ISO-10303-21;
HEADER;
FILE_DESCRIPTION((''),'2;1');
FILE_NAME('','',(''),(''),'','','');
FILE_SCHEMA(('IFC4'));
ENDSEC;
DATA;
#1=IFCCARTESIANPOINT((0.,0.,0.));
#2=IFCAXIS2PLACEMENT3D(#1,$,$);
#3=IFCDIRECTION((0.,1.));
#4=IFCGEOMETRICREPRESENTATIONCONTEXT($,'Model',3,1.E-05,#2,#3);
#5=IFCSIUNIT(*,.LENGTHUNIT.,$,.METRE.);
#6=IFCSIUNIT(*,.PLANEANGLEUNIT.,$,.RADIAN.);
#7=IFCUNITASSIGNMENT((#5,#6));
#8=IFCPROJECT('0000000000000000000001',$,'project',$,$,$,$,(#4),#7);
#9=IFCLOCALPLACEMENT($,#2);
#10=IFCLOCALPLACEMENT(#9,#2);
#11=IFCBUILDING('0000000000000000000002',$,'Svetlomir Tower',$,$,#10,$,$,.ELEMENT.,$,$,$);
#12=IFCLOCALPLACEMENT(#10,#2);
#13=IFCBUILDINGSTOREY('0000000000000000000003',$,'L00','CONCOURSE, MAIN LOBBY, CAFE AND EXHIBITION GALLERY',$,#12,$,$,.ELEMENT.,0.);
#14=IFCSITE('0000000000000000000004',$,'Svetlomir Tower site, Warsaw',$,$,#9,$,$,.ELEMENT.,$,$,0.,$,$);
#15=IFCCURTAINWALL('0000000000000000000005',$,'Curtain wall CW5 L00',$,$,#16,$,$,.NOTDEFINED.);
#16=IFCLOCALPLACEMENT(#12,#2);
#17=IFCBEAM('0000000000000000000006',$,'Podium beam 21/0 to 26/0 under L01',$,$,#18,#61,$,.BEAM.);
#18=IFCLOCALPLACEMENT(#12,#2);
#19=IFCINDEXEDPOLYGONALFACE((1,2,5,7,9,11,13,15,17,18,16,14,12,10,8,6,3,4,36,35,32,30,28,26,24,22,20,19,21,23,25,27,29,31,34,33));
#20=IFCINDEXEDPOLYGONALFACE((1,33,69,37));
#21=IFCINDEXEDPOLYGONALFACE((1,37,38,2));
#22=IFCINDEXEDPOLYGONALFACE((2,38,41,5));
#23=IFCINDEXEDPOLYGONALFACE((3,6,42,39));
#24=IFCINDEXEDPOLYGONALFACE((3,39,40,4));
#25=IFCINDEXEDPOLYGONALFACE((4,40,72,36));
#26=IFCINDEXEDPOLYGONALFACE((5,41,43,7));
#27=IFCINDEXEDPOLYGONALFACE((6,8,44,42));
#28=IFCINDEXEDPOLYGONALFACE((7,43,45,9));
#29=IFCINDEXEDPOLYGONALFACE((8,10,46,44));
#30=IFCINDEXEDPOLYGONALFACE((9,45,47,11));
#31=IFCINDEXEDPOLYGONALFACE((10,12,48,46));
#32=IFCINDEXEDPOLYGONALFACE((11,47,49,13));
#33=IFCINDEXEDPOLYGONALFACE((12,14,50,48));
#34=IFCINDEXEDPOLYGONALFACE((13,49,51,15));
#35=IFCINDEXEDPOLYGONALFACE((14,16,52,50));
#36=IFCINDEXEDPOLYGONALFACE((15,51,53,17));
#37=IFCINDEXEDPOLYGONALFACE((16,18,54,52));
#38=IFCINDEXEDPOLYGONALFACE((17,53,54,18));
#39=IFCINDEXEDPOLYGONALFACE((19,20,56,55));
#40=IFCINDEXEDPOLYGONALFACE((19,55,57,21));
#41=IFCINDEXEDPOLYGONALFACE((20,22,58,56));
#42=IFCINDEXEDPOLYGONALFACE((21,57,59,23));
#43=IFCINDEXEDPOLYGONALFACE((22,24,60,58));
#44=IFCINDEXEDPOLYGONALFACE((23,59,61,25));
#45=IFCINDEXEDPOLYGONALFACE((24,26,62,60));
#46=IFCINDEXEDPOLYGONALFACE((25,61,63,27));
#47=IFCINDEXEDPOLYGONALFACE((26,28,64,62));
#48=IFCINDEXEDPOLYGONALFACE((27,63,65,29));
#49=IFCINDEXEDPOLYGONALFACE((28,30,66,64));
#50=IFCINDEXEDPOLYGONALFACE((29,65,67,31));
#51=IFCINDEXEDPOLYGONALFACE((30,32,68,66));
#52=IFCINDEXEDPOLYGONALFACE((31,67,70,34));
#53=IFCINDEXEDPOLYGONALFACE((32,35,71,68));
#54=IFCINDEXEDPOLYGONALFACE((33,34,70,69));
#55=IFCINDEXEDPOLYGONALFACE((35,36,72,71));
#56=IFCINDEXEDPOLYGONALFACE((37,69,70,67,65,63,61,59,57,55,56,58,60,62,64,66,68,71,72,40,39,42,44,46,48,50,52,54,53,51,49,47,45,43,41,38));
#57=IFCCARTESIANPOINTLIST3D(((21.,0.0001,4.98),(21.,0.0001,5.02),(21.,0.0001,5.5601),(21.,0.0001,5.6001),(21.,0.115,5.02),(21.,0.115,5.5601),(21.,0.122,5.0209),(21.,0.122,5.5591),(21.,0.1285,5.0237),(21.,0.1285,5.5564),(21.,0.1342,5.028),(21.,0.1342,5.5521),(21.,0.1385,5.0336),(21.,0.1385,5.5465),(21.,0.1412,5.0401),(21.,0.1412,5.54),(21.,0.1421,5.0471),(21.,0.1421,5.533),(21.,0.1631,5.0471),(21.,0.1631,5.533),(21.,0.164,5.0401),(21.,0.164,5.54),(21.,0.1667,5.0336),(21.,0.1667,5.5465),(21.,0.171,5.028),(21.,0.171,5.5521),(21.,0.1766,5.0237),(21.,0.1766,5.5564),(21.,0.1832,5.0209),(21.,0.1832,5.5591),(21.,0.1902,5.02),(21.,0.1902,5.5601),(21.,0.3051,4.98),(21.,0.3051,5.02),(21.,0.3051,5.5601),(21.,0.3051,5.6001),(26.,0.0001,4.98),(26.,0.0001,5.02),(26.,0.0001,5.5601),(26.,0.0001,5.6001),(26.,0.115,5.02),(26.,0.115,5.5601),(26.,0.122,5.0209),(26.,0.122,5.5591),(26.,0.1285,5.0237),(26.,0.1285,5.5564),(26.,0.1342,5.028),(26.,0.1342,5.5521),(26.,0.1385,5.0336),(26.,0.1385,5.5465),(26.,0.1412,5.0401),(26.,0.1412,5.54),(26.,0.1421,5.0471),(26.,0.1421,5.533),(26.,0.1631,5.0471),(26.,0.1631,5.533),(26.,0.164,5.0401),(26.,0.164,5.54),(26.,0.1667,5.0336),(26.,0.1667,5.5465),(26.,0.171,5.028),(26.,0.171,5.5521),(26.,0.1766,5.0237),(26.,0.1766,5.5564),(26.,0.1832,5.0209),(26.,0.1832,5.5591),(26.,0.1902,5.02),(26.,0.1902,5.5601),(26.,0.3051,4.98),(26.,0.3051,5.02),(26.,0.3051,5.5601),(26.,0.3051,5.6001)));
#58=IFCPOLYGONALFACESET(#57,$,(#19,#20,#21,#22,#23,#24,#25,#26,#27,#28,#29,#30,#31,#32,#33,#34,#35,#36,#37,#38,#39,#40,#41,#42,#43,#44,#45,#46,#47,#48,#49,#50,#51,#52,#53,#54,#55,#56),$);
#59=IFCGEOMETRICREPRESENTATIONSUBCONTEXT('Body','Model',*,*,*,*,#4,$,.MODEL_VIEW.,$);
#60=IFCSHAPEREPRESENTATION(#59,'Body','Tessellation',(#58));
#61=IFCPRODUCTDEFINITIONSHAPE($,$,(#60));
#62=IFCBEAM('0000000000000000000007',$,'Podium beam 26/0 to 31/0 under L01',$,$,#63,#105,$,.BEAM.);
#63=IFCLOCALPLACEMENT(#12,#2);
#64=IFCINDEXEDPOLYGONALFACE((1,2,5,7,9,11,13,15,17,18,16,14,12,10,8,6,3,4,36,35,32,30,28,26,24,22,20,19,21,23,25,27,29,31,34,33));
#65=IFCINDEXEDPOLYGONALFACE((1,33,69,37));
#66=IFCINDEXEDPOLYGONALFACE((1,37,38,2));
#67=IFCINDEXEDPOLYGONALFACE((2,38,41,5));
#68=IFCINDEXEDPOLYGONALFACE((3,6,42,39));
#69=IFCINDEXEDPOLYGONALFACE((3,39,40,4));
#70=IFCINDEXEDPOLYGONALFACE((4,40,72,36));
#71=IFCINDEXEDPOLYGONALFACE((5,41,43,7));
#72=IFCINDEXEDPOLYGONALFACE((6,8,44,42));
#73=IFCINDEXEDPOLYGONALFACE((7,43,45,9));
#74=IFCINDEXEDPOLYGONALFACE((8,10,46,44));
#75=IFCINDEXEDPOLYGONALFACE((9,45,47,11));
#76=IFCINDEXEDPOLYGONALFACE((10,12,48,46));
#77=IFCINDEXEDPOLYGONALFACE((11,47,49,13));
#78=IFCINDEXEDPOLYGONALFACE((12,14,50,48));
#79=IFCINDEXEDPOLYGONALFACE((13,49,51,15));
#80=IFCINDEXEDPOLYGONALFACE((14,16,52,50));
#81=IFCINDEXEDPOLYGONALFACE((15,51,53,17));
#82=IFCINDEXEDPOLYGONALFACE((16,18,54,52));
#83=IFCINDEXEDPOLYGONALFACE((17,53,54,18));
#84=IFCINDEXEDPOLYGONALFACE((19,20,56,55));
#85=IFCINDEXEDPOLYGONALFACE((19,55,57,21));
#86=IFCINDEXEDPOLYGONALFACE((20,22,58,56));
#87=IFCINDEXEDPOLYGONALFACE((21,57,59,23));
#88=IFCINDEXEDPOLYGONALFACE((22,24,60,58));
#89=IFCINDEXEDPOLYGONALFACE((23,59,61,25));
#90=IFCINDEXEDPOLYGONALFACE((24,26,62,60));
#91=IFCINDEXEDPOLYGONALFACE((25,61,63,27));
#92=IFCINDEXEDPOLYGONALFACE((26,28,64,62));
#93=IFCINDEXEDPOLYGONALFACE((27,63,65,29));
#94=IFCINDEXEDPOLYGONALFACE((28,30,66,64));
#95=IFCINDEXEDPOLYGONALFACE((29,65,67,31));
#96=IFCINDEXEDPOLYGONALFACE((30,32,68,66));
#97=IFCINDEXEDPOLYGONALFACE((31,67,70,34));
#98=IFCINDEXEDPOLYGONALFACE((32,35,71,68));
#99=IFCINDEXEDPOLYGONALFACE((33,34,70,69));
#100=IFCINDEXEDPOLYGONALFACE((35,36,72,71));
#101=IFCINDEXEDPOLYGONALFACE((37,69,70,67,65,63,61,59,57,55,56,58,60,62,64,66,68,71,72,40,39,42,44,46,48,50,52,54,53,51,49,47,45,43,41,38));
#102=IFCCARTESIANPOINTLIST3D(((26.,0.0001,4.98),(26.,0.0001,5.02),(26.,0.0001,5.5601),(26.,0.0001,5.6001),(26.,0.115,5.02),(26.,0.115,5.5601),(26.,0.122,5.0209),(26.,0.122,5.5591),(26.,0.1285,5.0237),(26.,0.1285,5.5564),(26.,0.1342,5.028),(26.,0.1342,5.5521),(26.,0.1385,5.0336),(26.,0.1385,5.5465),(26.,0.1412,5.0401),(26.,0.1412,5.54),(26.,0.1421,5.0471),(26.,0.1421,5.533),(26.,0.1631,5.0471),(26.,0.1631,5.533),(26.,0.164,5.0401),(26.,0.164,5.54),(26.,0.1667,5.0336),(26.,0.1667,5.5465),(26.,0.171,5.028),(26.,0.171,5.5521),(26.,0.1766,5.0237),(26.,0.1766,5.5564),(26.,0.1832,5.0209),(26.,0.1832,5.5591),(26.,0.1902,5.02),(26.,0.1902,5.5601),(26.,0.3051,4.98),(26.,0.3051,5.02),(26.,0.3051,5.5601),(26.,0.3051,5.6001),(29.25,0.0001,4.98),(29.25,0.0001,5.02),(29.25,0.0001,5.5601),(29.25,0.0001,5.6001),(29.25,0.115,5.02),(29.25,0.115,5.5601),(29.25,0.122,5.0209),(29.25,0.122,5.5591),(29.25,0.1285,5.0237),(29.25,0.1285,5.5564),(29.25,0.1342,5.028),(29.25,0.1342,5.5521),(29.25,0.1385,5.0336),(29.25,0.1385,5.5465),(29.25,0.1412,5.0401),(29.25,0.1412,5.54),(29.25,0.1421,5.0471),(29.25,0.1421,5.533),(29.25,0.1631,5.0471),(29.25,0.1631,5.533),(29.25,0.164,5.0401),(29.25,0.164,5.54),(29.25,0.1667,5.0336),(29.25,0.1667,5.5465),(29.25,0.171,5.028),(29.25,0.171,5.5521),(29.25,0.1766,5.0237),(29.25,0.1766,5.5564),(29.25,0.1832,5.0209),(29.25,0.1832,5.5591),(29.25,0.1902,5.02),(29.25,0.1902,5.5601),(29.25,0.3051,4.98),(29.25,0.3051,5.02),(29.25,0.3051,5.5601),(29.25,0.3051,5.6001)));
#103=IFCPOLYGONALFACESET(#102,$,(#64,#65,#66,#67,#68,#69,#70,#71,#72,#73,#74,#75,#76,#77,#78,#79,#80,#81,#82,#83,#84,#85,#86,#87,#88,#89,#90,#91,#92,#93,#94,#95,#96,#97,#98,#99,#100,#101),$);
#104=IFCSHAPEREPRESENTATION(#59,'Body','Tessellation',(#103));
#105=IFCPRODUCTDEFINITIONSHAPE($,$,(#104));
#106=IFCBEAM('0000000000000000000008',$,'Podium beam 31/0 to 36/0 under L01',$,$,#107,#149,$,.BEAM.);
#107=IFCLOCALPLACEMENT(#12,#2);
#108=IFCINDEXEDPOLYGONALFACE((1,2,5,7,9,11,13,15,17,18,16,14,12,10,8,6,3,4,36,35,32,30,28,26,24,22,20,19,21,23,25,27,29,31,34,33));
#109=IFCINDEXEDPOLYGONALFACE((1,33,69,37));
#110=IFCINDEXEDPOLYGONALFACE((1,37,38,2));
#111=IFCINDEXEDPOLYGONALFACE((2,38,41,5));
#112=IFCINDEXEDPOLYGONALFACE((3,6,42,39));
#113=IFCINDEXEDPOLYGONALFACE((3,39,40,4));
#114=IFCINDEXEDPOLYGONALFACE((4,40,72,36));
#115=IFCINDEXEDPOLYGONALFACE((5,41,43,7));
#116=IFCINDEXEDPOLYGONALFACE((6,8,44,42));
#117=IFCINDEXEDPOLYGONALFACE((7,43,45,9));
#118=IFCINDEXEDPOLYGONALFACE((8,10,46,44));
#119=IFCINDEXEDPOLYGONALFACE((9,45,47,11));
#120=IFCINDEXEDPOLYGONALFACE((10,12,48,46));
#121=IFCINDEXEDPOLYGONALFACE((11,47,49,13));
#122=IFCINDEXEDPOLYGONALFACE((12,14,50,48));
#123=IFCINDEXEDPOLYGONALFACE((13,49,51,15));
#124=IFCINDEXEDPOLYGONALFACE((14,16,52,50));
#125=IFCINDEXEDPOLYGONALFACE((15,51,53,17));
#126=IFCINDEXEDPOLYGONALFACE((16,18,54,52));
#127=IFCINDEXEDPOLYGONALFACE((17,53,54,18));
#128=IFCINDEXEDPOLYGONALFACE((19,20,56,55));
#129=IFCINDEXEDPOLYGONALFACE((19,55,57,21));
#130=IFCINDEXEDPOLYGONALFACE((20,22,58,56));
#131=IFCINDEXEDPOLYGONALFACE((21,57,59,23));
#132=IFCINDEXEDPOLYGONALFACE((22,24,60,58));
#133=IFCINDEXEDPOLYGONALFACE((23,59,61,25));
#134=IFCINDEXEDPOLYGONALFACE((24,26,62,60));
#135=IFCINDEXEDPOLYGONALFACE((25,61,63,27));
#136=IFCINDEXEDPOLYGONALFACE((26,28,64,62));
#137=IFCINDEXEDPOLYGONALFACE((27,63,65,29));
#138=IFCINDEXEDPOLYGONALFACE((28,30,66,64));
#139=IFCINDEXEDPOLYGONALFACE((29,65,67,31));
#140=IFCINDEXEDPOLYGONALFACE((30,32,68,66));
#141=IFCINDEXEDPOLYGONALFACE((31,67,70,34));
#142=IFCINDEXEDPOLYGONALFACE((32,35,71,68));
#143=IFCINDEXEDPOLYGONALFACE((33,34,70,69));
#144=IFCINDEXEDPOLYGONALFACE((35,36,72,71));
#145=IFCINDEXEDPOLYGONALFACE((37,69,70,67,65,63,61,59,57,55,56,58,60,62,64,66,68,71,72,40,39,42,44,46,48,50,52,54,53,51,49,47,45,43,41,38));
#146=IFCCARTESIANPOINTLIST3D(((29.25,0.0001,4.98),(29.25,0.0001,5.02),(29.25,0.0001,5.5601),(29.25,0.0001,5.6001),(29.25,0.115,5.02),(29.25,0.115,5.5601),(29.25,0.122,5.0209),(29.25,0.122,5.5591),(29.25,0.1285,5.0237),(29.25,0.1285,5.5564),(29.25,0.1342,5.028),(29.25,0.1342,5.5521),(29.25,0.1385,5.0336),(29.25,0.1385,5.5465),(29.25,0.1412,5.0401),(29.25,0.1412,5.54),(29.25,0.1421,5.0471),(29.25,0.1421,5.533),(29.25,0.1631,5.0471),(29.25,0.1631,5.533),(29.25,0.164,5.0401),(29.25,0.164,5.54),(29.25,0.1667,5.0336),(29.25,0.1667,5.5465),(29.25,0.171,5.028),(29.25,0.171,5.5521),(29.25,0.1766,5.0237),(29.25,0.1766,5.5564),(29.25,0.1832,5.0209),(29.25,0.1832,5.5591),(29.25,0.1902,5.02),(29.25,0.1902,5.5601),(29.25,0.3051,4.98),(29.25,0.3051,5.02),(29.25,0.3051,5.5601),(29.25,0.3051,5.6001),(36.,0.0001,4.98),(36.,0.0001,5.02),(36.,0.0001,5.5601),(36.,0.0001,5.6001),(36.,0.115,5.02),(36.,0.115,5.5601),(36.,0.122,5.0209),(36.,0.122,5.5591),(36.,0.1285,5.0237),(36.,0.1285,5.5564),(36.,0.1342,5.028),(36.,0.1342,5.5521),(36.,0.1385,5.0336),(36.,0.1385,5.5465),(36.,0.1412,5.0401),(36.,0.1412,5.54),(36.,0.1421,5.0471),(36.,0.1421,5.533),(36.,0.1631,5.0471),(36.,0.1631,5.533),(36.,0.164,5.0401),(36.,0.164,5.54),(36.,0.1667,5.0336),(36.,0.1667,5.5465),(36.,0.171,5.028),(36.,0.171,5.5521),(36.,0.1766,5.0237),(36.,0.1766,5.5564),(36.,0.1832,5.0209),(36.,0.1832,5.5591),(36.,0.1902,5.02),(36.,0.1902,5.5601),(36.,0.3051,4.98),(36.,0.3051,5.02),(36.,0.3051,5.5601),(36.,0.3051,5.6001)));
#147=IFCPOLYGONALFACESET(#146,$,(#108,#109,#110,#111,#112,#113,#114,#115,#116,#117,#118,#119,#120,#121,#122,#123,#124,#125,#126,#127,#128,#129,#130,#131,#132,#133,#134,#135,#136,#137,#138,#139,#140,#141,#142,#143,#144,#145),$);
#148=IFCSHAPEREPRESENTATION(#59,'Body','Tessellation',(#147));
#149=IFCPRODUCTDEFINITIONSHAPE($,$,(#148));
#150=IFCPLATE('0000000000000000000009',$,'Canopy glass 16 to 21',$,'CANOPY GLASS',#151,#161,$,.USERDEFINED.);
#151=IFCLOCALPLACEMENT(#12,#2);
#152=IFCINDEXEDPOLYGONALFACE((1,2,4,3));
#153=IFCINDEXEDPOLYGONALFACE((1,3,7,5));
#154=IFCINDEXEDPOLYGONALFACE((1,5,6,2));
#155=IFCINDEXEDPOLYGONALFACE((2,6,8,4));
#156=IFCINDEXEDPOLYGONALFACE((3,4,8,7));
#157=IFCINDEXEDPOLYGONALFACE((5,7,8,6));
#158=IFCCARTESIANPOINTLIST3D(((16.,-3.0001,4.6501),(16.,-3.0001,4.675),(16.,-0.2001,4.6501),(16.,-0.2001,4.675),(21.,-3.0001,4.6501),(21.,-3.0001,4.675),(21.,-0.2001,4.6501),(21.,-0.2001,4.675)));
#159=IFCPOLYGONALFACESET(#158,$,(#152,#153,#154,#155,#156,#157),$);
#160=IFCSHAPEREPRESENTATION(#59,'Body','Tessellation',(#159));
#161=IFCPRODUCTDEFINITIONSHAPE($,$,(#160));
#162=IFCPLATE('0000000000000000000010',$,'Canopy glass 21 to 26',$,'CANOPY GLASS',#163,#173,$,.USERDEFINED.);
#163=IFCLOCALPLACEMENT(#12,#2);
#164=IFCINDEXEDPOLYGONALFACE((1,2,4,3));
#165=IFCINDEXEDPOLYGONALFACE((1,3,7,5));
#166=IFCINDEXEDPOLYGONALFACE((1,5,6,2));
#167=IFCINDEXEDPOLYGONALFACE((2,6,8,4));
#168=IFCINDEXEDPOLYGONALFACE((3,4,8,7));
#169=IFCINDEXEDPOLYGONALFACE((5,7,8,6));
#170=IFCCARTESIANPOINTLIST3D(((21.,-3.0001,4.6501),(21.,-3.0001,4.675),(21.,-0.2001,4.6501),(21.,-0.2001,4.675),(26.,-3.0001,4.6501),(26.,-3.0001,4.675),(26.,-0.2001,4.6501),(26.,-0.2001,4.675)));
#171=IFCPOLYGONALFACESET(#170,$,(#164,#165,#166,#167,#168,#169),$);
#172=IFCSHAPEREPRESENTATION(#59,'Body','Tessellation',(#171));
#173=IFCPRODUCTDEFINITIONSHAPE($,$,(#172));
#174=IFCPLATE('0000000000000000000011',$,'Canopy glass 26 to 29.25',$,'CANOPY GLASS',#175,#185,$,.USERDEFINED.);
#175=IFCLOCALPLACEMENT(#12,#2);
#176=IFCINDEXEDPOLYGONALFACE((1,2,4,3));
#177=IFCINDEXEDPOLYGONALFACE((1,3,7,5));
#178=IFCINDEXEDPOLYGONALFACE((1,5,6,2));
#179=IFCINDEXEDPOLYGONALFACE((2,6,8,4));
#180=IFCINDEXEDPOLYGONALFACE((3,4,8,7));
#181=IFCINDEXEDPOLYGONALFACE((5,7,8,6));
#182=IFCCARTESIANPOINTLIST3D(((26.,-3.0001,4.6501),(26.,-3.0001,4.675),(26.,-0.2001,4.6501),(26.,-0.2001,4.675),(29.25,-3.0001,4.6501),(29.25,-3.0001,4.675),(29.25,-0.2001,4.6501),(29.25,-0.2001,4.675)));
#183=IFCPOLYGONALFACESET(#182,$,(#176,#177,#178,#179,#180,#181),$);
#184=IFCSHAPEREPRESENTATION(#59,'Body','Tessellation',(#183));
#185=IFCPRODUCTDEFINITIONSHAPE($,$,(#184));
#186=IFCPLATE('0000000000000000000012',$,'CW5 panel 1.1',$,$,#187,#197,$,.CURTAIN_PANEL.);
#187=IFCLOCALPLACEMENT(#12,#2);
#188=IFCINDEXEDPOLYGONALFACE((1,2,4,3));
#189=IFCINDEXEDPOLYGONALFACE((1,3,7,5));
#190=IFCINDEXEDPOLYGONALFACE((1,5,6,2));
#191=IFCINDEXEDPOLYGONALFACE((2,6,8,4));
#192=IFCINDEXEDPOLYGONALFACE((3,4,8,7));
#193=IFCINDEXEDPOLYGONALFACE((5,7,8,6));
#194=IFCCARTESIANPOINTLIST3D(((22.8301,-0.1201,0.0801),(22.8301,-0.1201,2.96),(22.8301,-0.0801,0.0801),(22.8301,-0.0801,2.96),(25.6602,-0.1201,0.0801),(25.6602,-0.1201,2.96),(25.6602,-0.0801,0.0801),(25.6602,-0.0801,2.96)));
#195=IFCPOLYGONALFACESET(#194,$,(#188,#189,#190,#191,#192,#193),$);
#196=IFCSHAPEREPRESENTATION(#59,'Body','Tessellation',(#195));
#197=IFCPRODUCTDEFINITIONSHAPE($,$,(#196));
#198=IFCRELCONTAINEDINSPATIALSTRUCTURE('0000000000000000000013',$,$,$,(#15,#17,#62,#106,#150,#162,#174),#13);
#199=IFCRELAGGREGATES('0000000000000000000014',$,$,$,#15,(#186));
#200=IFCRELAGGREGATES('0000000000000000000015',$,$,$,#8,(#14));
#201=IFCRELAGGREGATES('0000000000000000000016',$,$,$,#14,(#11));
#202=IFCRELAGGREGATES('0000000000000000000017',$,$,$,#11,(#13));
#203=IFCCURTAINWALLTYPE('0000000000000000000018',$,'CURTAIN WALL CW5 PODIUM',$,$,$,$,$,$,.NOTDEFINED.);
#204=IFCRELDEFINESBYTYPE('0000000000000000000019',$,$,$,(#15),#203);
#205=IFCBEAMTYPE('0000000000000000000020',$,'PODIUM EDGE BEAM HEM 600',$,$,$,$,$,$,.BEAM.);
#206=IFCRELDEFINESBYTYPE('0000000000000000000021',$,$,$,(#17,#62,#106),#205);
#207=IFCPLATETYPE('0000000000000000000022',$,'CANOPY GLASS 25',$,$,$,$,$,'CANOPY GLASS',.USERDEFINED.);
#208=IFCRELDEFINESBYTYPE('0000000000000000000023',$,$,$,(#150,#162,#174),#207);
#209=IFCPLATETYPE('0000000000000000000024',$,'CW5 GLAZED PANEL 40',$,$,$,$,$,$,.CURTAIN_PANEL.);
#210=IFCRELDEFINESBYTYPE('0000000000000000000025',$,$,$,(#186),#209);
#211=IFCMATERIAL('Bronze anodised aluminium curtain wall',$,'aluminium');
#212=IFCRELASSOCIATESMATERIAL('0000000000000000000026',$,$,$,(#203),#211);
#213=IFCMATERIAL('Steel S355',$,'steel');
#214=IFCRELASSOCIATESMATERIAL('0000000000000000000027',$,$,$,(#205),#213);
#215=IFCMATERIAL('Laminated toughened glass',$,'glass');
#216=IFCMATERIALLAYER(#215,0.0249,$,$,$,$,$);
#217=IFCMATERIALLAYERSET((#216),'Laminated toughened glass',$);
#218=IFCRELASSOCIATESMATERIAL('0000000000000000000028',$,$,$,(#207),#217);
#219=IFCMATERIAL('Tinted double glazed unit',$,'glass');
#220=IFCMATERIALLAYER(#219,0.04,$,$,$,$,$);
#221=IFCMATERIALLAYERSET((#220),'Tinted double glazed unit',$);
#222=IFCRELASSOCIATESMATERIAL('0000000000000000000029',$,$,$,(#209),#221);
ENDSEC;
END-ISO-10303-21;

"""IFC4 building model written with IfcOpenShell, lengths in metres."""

from ifc_helpers import new_model, si_unit, direction, frame, origin, origin_2d, place, context, subcontext, project, spatial, rectangle, i_section, extrude, material, layer, layer_set, material_profile, profile_set, type_object, element, aggregate, save


model = new_model("IFC4")

# Units and contexts
model_context = context("Model", 3, precision=1e-05, world=origin(), true_north=direction((0.0, 1.0)))
body_context = subcontext(model_context, "Body", "Model", "MODEL_VIEW")
ifc_project = project(units=[si_unit("LENGTHUNIT", "METRE"), si_unit("PLANEANGLEUNIT", "RADIAN")], contexts=[model_context])

# Site, building, storey
site_placement = place(None, origin())
site = spatial("IfcSite", under=ifc_project, at=site_placement, Name="Svetlomir Tower site, Warsaw", CompositionType="ELEMENT", RefElevation=0.0)
building_placement = place(site_placement, origin())
building = spatial("IfcBuilding", under=site, at=building_placement, Name="Svetlomir Tower", CompositionType="ELEMENT")
storey_placement = place(building_placement, origin())
storey = spatial("IfcBuildingStorey", under=building, at=storey_placement, Name="L00", Description="CONCOURSE, MAIN LOBBY, CAFE AND EXHIBITION GALLERY", CompositionType="ELEMENT", Elevation=0.0)

# Curtain wall
ifc_material_1 = material(Name="Bronze anodised aluminium curtain wall", Category="aluminium")
curtain_wall_type = type_object("IfcCurtainWallType", Name="CURTAIN WALL CW5 PODIUM", PredefinedType="NOTDEFINED", material=ifc_material_1)
curtain_wall_1_placement = place(storey_placement, origin())
curtain_wall_1 = element("IfcCurtainWall", 1, at=curtain_wall_1_placement, inside=storey, type_object=curtain_wall_type, Name="Curtain wall CW5 L00", PredefinedType="NOTDEFINED")

# Beams
ifc_material_2 = material(Name="Steel S355", Category="steel")
ifc_material_profile_1 = material_profile(ifc_material_2, i_section(OverallWidth=0.3049, OverallDepth=0.6201, WebThickness=0.021, FlangeThickness=0.04, FilletRadius=0.0271, at=origin_2d()), Name="HEM 600")
ifc_profile_set_1 = profile_set([ifc_material_profile_1], Name="Steel S355")
beam_type_1 = type_object("IfcBeamType", Name="PODIUM EDGE BEAM HEM 600", PredefinedType="BEAM", material=ifc_profile_set_1)
beam_1_placement = place(storey_placement, frame((21.0, 0.1526, 5.29), z_axis=(1.0, 0.0, 0.0), x_axis=(0.0, 1.0, 0.0)))
element("IfcBeam", 2, at=beam_1_placement, inside=storey, type_object=beam_type_1, Name="Podium beam 21/0 to 26/0 under L01", PredefinedType="BEAM", context=body_context, shape_type="SweptSolid", body=[
    extrude(i_section(OverallWidth=0.3049, OverallDepth=0.6201, WebThickness=0.021, FlangeThickness=0.04, FilletRadius=0.0271, at=origin_2d()), origin(), (0.0, 0.0, 1.0), 5.0),
])
beam_2_placement = place(storey_placement, frame((26.0, 0.1526, 5.29), z_axis=(1.0, 0.0, 0.0), x_axis=(0.0, 1.0, 0.0)))
element("IfcBeam", 3, at=beam_2_placement, inside=storey, type_object=beam_type_1, Name="Podium beam 26/0 to 31/0 under L01", PredefinedType="BEAM", context=body_context, shape_type="SweptSolid", body=[
    extrude(i_section(OverallWidth=0.3049, OverallDepth=0.6201, WebThickness=0.021, FlangeThickness=0.04, FilletRadius=0.0271, at=origin_2d()), origin(), (0.0, 0.0, 1.0), 3.25),
])
beam_3_placement = place(storey_placement, frame((29.25, 0.1526, 5.29), z_axis=(1.0, 0.0, 0.0), x_axis=(0.0, 1.0, 0.0)))
element("IfcBeam", 4, at=beam_3_placement, inside=storey, type_object=beam_type_1, Name="Podium beam 31/0 to 36/0 under L01", PredefinedType="BEAM", context=body_context, shape_type="SweptSolid", body=[
    extrude(i_section(OverallWidth=0.3049, OverallDepth=0.6201, WebThickness=0.021, FlangeThickness=0.04, FilletRadius=0.0271, at=origin_2d()), origin(), (0.0, 0.0, 1.0), 6.75),
])

# Plates
ifc_material_3 = material(Name="Laminated toughened glass", Category="glass")
ifc_layer_1 = layer(ifc_material_3, 0.0249)
ifc_layer_set_1 = layer_set([ifc_layer_1], Name="Laminated toughened glass")
plate_type_1 = type_object("IfcPlateType", Name="CANOPY GLASS 25", ElementType="CANOPY GLASS", PredefinedType="USERDEFINED", material=ifc_layer_set_1)
for number, where, z_axis, x_axis, name in (
    (5, (18.5, -1.6001, 4.6501), (0.0, 0.0, 1.0), (1.0, 0.0, 0.0), "Canopy glass 16 to 21"),
    (6, (23.5, -1.6001, 4.6501), (0.0, 0.0, 1.0), (1.0, 0.0, 0.0), "Canopy glass 21 to 26"),
):
    element("IfcPlate", number, at=place(storey_placement, frame(where, z_axis=z_axis, x_axis=x_axis)), inside=storey, type_object=plate_type_1, Name=name, ObjectType="CANOPY GLASS", PredefinedType="USERDEFINED", context=body_context, shape_type="SweptSolid", body=[
        extrude(rectangle(XDim=5.0, YDim=2.8, at=origin_2d()), origin(), (0.0, 0.0, 1.0), 0.0249),
    ])
plate_1_placement = place(storey_placement, frame((27.625, -1.6001, 4.6501), z_axis=(0.0, 0.0, 1.0), x_axis=(1.0, 0.0, 0.0)))
element("IfcPlate", 7, at=plate_1_placement, inside=storey, type_object=plate_type_1, Name="Canopy glass 26 to 29.25", ObjectType="CANOPY GLASS", PredefinedType="USERDEFINED", context=body_context, shape_type="SweptSolid", body=[
    extrude(rectangle(XDim=3.25, YDim=2.8, at=origin_2d()), origin(), (0.0, 0.0, 1.0), 0.0249),
])

# Plate
ifc_material_4 = material(Name="Tinted double glazed unit", Category="glass")
ifc_layer_2 = layer(ifc_material_4, 0.04)
ifc_layer_set_2 = layer_set([ifc_layer_2], Name="Tinted double glazed unit")
plate_type_2 = type_object("IfcPlateType", Name="CW5 GLAZED PANEL 40", PredefinedType="CURTAIN_PANEL", material=ifc_layer_set_2)
plate_2_placement = place(storey_placement, frame((24.2451, -0.1001, 0.0801), z_axis=(0.0, 0.0, 1.0), x_axis=(1.0, 0.0, 0.0)))
plate_2 = element("IfcPlate", 8, at=plate_2_placement, type_object=plate_type_2, Name="CW5 panel 1.1", PredefinedType="CURTAIN_PANEL", context=body_context, shape_type="SweptSolid", body=[
    extrude(rectangle(XDim=2.8301, YDim=0.04, at=origin_2d()), origin(), (0.0, 0.0, 1.0), 2.8799),
])
aggregate(curtain_wall_1, [plate_2])

save(model, "model.ifc")
